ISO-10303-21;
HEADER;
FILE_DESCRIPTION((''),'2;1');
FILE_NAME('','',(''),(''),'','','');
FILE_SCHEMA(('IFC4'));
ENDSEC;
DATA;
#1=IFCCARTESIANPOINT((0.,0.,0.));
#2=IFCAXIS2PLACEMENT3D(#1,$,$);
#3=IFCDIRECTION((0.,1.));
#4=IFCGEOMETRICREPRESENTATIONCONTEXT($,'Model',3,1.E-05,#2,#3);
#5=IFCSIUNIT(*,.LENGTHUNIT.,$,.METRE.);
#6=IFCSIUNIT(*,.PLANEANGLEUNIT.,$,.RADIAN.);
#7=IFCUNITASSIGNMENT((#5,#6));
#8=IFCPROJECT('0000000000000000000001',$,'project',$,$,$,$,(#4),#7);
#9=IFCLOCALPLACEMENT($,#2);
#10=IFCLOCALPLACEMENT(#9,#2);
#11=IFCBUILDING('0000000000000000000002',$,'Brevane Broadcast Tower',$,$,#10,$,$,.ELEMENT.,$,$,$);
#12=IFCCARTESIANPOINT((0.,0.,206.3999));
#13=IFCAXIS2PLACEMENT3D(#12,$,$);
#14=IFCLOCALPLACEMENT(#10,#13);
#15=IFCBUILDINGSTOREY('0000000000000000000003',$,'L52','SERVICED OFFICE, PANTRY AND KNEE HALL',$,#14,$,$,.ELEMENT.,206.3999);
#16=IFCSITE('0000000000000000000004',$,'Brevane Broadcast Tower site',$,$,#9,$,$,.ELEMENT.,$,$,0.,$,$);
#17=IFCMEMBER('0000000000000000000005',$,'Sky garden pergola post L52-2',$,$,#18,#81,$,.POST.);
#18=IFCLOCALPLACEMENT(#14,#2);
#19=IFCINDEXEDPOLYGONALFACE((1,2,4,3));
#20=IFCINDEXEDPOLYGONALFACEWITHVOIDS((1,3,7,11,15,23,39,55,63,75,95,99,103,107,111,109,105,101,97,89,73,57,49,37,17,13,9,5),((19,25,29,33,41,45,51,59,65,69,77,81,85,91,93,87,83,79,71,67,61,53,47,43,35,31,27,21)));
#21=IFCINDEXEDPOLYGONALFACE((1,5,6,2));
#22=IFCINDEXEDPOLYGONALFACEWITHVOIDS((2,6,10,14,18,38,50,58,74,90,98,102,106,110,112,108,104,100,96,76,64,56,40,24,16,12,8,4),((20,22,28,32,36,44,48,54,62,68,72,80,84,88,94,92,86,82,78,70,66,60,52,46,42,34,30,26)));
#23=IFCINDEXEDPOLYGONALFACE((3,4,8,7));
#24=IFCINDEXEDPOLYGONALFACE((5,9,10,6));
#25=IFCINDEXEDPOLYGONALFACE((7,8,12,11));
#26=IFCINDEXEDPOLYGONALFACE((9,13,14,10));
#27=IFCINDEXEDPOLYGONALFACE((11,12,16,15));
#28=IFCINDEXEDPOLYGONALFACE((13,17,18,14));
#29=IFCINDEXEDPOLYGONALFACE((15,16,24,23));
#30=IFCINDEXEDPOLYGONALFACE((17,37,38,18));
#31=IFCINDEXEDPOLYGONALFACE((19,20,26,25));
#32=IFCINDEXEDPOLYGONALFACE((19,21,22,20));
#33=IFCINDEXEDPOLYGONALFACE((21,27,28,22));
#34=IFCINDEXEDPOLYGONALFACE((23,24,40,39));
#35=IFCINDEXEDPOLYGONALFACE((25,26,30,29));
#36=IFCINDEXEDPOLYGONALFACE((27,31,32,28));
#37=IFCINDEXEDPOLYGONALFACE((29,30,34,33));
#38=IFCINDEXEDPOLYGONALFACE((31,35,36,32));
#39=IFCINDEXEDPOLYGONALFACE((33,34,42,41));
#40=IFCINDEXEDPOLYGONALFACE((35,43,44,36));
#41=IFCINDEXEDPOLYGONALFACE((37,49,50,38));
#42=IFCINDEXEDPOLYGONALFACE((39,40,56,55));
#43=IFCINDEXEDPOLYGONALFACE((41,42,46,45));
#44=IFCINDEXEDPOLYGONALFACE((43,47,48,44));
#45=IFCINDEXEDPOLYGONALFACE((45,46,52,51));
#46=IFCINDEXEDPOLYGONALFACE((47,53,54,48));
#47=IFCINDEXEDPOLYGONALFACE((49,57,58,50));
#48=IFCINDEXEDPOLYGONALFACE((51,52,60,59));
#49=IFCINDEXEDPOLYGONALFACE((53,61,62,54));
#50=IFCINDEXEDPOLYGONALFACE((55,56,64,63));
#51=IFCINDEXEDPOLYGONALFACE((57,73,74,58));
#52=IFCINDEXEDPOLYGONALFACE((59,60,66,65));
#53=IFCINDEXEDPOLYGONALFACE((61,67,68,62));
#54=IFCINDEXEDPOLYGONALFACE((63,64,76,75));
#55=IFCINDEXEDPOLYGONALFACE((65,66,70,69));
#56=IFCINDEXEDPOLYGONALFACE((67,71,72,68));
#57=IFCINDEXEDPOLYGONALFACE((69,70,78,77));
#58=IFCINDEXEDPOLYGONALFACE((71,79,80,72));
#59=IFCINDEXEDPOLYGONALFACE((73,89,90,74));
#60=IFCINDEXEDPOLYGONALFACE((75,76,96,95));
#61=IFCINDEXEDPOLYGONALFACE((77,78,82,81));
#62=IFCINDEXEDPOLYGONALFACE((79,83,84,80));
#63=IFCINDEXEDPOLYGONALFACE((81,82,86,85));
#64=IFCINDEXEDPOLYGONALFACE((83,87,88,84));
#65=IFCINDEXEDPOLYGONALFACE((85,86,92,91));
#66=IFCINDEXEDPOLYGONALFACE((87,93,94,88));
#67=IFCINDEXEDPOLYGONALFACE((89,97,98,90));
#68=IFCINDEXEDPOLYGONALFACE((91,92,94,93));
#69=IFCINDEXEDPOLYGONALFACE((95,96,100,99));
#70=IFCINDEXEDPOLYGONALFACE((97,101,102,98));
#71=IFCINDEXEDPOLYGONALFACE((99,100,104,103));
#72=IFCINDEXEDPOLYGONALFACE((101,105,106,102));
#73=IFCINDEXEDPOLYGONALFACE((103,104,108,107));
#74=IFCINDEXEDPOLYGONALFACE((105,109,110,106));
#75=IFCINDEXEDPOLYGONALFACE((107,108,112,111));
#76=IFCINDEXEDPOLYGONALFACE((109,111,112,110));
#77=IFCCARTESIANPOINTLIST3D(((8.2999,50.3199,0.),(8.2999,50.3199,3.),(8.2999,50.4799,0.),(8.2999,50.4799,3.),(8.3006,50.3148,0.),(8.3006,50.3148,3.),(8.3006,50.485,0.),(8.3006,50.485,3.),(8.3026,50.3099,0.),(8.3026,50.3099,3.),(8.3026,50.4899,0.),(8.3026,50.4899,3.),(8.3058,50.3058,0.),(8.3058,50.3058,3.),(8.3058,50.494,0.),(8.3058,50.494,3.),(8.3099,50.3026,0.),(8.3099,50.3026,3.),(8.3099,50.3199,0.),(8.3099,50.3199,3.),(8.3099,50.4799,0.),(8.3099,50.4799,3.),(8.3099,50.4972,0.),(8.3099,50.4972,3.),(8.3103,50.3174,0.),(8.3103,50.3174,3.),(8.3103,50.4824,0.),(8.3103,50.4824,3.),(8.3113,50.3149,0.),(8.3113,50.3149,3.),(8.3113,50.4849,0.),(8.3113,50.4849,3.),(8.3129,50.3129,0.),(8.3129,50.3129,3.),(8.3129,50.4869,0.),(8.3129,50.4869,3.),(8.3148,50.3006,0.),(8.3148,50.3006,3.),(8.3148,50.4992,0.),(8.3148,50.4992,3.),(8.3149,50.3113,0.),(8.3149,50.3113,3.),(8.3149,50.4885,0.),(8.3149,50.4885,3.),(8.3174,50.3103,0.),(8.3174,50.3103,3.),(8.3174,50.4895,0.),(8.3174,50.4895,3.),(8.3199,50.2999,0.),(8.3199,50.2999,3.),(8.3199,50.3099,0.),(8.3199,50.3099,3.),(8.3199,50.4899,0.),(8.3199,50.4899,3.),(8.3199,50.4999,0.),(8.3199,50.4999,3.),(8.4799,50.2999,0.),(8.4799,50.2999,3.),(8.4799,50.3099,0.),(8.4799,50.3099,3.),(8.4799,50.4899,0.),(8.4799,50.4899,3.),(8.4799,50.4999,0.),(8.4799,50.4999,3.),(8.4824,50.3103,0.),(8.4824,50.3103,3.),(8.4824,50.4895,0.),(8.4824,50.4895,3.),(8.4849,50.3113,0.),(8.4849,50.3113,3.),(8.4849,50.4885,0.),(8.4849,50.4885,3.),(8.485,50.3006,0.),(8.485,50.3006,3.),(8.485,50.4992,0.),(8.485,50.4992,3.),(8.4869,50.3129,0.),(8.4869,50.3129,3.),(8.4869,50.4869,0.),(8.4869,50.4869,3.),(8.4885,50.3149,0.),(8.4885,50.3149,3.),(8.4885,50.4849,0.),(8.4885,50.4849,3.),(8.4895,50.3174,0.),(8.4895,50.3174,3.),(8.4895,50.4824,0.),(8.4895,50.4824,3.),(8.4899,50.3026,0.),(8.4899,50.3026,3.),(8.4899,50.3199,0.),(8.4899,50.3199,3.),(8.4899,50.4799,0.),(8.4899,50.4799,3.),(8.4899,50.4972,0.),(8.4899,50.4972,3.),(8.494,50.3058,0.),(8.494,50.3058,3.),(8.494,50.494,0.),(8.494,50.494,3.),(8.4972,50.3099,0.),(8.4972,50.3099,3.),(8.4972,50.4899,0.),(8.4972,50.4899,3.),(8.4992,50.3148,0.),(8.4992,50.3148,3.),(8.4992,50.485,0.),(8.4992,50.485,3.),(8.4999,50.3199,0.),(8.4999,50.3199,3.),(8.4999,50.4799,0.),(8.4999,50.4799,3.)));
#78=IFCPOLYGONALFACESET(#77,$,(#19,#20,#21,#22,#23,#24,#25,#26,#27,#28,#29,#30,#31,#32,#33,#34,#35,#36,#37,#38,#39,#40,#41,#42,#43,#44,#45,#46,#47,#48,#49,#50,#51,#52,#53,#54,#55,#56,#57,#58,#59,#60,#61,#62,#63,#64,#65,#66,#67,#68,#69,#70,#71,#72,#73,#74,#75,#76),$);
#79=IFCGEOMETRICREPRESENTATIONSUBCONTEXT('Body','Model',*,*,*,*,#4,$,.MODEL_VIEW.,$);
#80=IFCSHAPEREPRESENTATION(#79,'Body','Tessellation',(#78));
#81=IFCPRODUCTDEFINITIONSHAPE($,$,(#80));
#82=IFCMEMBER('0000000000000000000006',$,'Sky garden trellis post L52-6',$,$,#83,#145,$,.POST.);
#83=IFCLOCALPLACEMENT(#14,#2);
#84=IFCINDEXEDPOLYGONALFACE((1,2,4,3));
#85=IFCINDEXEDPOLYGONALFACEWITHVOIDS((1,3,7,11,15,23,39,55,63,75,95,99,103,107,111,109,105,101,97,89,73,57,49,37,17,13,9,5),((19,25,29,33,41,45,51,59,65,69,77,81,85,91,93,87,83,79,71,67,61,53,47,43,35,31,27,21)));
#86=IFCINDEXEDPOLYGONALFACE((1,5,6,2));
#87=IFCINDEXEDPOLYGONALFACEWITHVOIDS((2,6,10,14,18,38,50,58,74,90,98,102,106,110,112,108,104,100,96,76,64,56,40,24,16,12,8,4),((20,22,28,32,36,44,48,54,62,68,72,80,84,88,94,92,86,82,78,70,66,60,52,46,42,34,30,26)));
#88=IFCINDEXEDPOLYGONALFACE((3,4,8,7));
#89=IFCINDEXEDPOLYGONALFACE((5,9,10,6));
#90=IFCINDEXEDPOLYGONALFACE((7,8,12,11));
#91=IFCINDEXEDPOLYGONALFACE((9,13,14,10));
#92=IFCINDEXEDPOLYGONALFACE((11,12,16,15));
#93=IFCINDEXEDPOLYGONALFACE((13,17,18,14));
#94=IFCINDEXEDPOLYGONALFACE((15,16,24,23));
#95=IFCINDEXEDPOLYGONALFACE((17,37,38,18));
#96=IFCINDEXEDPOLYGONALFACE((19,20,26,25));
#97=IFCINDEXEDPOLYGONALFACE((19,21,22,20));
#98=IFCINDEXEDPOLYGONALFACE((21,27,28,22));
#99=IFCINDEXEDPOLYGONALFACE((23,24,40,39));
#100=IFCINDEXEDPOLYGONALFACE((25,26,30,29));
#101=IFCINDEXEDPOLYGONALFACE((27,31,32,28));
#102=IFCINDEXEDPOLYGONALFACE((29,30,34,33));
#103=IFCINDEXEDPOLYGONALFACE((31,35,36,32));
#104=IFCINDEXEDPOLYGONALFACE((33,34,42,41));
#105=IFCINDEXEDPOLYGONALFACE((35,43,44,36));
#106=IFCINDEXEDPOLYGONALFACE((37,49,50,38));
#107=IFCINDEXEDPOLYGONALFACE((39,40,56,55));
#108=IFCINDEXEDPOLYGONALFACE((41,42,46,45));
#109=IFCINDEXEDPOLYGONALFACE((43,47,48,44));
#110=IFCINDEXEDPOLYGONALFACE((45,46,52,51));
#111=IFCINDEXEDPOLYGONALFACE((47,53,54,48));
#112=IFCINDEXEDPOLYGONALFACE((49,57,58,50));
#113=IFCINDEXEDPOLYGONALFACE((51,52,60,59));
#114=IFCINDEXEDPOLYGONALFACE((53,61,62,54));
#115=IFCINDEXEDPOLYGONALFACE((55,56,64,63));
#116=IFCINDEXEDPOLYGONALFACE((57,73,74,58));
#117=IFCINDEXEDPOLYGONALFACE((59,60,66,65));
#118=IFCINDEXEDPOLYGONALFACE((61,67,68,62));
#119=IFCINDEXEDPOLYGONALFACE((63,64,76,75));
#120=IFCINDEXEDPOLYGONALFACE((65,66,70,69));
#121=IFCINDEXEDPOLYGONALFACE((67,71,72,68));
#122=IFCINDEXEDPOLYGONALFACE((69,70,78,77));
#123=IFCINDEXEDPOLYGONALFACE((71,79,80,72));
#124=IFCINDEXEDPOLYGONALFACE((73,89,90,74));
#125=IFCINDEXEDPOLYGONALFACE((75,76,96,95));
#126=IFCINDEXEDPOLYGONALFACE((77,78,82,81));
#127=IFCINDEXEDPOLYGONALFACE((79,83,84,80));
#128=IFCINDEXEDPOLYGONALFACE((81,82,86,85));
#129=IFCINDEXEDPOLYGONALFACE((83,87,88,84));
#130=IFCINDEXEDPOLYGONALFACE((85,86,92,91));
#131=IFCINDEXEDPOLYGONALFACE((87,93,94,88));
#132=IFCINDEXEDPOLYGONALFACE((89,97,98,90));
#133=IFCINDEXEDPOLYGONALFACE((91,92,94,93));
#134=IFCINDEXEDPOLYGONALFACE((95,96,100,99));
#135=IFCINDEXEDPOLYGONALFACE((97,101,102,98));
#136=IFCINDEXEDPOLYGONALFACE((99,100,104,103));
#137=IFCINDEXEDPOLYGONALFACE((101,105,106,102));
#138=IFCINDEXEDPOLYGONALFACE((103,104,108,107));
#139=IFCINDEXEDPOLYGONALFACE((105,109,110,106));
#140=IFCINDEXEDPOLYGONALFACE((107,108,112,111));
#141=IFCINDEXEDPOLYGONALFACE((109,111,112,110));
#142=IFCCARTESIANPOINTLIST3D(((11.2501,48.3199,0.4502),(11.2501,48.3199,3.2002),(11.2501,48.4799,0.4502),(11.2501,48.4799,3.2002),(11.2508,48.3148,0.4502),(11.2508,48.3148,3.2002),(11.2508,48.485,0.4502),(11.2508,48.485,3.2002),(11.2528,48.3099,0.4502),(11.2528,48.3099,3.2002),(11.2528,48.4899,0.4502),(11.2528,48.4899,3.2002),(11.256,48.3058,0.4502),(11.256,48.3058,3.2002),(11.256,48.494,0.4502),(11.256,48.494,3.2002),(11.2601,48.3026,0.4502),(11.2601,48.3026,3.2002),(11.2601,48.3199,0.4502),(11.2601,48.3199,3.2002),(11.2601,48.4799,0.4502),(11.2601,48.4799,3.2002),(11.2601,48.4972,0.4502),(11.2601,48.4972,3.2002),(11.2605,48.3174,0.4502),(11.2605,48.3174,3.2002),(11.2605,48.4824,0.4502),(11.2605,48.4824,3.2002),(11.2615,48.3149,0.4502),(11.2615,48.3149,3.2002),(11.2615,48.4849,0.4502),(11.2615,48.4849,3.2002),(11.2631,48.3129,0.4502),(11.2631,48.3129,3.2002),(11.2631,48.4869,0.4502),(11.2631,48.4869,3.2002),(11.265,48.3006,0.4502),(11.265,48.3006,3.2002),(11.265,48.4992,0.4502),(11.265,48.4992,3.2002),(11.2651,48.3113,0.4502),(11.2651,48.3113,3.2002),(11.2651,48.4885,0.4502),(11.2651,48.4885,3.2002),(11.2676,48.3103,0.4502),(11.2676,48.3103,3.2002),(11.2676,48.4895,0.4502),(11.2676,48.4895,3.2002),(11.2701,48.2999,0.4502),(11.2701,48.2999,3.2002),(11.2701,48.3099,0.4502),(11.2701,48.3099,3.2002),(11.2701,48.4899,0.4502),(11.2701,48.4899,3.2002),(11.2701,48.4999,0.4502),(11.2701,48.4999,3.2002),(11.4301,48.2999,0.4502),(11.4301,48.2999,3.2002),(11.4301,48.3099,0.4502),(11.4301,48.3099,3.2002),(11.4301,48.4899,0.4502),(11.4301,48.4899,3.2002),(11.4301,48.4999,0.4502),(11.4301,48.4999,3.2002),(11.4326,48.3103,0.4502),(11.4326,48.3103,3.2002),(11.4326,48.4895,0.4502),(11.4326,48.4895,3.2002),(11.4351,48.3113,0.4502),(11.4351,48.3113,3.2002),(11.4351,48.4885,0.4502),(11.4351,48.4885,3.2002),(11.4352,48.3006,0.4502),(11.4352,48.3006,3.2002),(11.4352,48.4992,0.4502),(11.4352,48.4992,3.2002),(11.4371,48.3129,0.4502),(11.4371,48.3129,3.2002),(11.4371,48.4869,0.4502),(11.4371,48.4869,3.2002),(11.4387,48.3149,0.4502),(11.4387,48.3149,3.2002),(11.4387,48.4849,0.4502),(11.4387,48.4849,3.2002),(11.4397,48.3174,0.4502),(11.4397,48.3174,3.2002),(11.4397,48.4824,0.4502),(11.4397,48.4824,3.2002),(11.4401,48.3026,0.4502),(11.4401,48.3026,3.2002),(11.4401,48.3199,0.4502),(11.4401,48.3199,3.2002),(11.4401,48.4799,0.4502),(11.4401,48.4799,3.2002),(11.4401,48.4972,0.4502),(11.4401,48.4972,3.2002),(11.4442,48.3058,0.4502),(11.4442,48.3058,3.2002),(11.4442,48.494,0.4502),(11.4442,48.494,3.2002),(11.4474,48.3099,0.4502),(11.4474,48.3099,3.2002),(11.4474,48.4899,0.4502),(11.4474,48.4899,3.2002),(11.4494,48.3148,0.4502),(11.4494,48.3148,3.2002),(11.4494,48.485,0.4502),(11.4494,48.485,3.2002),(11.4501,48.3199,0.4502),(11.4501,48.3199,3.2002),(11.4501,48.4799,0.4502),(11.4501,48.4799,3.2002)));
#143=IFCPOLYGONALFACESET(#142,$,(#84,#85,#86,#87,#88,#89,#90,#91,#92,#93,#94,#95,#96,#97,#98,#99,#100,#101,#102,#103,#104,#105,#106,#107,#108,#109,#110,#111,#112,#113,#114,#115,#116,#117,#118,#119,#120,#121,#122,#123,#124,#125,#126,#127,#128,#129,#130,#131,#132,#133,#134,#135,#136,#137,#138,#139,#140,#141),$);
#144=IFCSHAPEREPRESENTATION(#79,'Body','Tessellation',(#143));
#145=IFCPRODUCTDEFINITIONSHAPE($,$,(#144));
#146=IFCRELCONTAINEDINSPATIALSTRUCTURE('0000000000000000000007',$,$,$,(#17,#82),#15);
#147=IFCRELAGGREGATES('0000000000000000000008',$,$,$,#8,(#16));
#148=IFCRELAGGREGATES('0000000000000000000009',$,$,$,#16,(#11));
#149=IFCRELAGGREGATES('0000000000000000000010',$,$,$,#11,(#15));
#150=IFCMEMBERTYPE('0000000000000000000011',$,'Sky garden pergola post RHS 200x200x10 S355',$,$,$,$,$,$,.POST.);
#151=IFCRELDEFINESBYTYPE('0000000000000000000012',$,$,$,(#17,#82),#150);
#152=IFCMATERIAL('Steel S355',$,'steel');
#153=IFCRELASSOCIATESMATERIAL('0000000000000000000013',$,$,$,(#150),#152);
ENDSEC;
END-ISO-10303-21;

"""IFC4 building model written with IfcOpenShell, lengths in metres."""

from ifc_helpers import new_model, si_unit, direction, frame, origin, origin_2d, place, context, subcontext, project, spatial, hollow_rectangle, extrude, material, material_profile, profile_set, type_object, element, save


model = new_model("IFC4")

# Units and contexts
model_context = context("Model", 3, precision=1e-05, world=origin(), true_north=direction((0.0, 1.0)))
body_context = subcontext(model_context, "Body", "Model", "MODEL_VIEW")
ifc_project = project(units=[si_unit("LENGTHUNIT", "METRE"), si_unit("PLANEANGLEUNIT", "RADIAN")], contexts=[model_context])

# Site, building, storey
site_placement = place(None, origin())
site = spatial("IfcSite", under=ifc_project, at=site_placement, Name="Brevane Broadcast Tower site", CompositionType="ELEMENT", RefElevation=0.0)
building_placement = place(site_placement, origin())
building = spatial("IfcBuilding", under=site, at=building_placement, Name="Brevane Broadcast Tower", CompositionType="ELEMENT")
storey_placement = place(building_placement, frame((0.0, 0.0, 206.3999)))
storey = spatial("IfcBuildingStorey", under=building, at=storey_placement, Name="L52", Description="SERVICED OFFICE, PANTRY AND KNEE HALL", CompositionType="ELEMENT", Elevation=206.3999)

# Members
ifc_material_1 = material(Name="Steel S355", Category="steel")
ifc_material_profile_1 = material_profile(ifc_material_1, hollow_rectangle(XDim=0.2, YDim=0.2, WallThickness=0.01, InnerFilletRadius=0.01, OuterFilletRadius=0.02, at=origin_2d()), Name="RHS 200x200x10")
ifc_profile_set_1 = profile_set([ifc_material_profile_1], Name="Steel S355")
member_type_1 = type_object("IfcMemberType", Name="Sky garden pergola post RHS 200x200x10 S355", PredefinedType="POST", material=ifc_profile_set_1)
member_placement = place(storey_placement, frame((8.3999, 50.3999, 0.0), z_axis=(0.0, 0.0, 1.0), x_axis=(1.0, 0.0, 0.0)))
element("IfcMember", 1, at=member_placement, inside=storey, type_object=member_type_1, Name="Sky garden pergola post L52-2", PredefinedType="POST", context=body_context, shape_type="SweptSolid", body=[
    extrude(hollow_rectangle(XDim=0.2, YDim=0.2, WallThickness=0.01, InnerFilletRadius=0.01, OuterFilletRadius=0.02, at=origin_2d()), origin(), (0.0, 0.0, 1.0), 3.0),
])
for number, where, z_axis, x_axis, name in (
    (2, (11.3501, 48.3999, 0.4502), (0.0, 0.0, 1.0), (1.0, 0.0, 0.0), "Sky garden trellis post L52-6"),
):
    element("IfcMember", number, at=place(storey_placement, frame(where, z_axis=z_axis, x_axis=x_axis)), inside=storey, type_object=member_type_1, Name=name, PredefinedType="POST", context=body_context, shape_type="SweptSolid", body=[
        extrude(hollow_rectangle(XDim=0.2, YDim=0.2, WallThickness=0.01, InnerFilletRadius=0.01, OuterFilletRadius=0.02, at=origin_2d()), origin(), (0.0, 0.0, 1.0), 2.75),
    ])

save(model, "model.ifc")
